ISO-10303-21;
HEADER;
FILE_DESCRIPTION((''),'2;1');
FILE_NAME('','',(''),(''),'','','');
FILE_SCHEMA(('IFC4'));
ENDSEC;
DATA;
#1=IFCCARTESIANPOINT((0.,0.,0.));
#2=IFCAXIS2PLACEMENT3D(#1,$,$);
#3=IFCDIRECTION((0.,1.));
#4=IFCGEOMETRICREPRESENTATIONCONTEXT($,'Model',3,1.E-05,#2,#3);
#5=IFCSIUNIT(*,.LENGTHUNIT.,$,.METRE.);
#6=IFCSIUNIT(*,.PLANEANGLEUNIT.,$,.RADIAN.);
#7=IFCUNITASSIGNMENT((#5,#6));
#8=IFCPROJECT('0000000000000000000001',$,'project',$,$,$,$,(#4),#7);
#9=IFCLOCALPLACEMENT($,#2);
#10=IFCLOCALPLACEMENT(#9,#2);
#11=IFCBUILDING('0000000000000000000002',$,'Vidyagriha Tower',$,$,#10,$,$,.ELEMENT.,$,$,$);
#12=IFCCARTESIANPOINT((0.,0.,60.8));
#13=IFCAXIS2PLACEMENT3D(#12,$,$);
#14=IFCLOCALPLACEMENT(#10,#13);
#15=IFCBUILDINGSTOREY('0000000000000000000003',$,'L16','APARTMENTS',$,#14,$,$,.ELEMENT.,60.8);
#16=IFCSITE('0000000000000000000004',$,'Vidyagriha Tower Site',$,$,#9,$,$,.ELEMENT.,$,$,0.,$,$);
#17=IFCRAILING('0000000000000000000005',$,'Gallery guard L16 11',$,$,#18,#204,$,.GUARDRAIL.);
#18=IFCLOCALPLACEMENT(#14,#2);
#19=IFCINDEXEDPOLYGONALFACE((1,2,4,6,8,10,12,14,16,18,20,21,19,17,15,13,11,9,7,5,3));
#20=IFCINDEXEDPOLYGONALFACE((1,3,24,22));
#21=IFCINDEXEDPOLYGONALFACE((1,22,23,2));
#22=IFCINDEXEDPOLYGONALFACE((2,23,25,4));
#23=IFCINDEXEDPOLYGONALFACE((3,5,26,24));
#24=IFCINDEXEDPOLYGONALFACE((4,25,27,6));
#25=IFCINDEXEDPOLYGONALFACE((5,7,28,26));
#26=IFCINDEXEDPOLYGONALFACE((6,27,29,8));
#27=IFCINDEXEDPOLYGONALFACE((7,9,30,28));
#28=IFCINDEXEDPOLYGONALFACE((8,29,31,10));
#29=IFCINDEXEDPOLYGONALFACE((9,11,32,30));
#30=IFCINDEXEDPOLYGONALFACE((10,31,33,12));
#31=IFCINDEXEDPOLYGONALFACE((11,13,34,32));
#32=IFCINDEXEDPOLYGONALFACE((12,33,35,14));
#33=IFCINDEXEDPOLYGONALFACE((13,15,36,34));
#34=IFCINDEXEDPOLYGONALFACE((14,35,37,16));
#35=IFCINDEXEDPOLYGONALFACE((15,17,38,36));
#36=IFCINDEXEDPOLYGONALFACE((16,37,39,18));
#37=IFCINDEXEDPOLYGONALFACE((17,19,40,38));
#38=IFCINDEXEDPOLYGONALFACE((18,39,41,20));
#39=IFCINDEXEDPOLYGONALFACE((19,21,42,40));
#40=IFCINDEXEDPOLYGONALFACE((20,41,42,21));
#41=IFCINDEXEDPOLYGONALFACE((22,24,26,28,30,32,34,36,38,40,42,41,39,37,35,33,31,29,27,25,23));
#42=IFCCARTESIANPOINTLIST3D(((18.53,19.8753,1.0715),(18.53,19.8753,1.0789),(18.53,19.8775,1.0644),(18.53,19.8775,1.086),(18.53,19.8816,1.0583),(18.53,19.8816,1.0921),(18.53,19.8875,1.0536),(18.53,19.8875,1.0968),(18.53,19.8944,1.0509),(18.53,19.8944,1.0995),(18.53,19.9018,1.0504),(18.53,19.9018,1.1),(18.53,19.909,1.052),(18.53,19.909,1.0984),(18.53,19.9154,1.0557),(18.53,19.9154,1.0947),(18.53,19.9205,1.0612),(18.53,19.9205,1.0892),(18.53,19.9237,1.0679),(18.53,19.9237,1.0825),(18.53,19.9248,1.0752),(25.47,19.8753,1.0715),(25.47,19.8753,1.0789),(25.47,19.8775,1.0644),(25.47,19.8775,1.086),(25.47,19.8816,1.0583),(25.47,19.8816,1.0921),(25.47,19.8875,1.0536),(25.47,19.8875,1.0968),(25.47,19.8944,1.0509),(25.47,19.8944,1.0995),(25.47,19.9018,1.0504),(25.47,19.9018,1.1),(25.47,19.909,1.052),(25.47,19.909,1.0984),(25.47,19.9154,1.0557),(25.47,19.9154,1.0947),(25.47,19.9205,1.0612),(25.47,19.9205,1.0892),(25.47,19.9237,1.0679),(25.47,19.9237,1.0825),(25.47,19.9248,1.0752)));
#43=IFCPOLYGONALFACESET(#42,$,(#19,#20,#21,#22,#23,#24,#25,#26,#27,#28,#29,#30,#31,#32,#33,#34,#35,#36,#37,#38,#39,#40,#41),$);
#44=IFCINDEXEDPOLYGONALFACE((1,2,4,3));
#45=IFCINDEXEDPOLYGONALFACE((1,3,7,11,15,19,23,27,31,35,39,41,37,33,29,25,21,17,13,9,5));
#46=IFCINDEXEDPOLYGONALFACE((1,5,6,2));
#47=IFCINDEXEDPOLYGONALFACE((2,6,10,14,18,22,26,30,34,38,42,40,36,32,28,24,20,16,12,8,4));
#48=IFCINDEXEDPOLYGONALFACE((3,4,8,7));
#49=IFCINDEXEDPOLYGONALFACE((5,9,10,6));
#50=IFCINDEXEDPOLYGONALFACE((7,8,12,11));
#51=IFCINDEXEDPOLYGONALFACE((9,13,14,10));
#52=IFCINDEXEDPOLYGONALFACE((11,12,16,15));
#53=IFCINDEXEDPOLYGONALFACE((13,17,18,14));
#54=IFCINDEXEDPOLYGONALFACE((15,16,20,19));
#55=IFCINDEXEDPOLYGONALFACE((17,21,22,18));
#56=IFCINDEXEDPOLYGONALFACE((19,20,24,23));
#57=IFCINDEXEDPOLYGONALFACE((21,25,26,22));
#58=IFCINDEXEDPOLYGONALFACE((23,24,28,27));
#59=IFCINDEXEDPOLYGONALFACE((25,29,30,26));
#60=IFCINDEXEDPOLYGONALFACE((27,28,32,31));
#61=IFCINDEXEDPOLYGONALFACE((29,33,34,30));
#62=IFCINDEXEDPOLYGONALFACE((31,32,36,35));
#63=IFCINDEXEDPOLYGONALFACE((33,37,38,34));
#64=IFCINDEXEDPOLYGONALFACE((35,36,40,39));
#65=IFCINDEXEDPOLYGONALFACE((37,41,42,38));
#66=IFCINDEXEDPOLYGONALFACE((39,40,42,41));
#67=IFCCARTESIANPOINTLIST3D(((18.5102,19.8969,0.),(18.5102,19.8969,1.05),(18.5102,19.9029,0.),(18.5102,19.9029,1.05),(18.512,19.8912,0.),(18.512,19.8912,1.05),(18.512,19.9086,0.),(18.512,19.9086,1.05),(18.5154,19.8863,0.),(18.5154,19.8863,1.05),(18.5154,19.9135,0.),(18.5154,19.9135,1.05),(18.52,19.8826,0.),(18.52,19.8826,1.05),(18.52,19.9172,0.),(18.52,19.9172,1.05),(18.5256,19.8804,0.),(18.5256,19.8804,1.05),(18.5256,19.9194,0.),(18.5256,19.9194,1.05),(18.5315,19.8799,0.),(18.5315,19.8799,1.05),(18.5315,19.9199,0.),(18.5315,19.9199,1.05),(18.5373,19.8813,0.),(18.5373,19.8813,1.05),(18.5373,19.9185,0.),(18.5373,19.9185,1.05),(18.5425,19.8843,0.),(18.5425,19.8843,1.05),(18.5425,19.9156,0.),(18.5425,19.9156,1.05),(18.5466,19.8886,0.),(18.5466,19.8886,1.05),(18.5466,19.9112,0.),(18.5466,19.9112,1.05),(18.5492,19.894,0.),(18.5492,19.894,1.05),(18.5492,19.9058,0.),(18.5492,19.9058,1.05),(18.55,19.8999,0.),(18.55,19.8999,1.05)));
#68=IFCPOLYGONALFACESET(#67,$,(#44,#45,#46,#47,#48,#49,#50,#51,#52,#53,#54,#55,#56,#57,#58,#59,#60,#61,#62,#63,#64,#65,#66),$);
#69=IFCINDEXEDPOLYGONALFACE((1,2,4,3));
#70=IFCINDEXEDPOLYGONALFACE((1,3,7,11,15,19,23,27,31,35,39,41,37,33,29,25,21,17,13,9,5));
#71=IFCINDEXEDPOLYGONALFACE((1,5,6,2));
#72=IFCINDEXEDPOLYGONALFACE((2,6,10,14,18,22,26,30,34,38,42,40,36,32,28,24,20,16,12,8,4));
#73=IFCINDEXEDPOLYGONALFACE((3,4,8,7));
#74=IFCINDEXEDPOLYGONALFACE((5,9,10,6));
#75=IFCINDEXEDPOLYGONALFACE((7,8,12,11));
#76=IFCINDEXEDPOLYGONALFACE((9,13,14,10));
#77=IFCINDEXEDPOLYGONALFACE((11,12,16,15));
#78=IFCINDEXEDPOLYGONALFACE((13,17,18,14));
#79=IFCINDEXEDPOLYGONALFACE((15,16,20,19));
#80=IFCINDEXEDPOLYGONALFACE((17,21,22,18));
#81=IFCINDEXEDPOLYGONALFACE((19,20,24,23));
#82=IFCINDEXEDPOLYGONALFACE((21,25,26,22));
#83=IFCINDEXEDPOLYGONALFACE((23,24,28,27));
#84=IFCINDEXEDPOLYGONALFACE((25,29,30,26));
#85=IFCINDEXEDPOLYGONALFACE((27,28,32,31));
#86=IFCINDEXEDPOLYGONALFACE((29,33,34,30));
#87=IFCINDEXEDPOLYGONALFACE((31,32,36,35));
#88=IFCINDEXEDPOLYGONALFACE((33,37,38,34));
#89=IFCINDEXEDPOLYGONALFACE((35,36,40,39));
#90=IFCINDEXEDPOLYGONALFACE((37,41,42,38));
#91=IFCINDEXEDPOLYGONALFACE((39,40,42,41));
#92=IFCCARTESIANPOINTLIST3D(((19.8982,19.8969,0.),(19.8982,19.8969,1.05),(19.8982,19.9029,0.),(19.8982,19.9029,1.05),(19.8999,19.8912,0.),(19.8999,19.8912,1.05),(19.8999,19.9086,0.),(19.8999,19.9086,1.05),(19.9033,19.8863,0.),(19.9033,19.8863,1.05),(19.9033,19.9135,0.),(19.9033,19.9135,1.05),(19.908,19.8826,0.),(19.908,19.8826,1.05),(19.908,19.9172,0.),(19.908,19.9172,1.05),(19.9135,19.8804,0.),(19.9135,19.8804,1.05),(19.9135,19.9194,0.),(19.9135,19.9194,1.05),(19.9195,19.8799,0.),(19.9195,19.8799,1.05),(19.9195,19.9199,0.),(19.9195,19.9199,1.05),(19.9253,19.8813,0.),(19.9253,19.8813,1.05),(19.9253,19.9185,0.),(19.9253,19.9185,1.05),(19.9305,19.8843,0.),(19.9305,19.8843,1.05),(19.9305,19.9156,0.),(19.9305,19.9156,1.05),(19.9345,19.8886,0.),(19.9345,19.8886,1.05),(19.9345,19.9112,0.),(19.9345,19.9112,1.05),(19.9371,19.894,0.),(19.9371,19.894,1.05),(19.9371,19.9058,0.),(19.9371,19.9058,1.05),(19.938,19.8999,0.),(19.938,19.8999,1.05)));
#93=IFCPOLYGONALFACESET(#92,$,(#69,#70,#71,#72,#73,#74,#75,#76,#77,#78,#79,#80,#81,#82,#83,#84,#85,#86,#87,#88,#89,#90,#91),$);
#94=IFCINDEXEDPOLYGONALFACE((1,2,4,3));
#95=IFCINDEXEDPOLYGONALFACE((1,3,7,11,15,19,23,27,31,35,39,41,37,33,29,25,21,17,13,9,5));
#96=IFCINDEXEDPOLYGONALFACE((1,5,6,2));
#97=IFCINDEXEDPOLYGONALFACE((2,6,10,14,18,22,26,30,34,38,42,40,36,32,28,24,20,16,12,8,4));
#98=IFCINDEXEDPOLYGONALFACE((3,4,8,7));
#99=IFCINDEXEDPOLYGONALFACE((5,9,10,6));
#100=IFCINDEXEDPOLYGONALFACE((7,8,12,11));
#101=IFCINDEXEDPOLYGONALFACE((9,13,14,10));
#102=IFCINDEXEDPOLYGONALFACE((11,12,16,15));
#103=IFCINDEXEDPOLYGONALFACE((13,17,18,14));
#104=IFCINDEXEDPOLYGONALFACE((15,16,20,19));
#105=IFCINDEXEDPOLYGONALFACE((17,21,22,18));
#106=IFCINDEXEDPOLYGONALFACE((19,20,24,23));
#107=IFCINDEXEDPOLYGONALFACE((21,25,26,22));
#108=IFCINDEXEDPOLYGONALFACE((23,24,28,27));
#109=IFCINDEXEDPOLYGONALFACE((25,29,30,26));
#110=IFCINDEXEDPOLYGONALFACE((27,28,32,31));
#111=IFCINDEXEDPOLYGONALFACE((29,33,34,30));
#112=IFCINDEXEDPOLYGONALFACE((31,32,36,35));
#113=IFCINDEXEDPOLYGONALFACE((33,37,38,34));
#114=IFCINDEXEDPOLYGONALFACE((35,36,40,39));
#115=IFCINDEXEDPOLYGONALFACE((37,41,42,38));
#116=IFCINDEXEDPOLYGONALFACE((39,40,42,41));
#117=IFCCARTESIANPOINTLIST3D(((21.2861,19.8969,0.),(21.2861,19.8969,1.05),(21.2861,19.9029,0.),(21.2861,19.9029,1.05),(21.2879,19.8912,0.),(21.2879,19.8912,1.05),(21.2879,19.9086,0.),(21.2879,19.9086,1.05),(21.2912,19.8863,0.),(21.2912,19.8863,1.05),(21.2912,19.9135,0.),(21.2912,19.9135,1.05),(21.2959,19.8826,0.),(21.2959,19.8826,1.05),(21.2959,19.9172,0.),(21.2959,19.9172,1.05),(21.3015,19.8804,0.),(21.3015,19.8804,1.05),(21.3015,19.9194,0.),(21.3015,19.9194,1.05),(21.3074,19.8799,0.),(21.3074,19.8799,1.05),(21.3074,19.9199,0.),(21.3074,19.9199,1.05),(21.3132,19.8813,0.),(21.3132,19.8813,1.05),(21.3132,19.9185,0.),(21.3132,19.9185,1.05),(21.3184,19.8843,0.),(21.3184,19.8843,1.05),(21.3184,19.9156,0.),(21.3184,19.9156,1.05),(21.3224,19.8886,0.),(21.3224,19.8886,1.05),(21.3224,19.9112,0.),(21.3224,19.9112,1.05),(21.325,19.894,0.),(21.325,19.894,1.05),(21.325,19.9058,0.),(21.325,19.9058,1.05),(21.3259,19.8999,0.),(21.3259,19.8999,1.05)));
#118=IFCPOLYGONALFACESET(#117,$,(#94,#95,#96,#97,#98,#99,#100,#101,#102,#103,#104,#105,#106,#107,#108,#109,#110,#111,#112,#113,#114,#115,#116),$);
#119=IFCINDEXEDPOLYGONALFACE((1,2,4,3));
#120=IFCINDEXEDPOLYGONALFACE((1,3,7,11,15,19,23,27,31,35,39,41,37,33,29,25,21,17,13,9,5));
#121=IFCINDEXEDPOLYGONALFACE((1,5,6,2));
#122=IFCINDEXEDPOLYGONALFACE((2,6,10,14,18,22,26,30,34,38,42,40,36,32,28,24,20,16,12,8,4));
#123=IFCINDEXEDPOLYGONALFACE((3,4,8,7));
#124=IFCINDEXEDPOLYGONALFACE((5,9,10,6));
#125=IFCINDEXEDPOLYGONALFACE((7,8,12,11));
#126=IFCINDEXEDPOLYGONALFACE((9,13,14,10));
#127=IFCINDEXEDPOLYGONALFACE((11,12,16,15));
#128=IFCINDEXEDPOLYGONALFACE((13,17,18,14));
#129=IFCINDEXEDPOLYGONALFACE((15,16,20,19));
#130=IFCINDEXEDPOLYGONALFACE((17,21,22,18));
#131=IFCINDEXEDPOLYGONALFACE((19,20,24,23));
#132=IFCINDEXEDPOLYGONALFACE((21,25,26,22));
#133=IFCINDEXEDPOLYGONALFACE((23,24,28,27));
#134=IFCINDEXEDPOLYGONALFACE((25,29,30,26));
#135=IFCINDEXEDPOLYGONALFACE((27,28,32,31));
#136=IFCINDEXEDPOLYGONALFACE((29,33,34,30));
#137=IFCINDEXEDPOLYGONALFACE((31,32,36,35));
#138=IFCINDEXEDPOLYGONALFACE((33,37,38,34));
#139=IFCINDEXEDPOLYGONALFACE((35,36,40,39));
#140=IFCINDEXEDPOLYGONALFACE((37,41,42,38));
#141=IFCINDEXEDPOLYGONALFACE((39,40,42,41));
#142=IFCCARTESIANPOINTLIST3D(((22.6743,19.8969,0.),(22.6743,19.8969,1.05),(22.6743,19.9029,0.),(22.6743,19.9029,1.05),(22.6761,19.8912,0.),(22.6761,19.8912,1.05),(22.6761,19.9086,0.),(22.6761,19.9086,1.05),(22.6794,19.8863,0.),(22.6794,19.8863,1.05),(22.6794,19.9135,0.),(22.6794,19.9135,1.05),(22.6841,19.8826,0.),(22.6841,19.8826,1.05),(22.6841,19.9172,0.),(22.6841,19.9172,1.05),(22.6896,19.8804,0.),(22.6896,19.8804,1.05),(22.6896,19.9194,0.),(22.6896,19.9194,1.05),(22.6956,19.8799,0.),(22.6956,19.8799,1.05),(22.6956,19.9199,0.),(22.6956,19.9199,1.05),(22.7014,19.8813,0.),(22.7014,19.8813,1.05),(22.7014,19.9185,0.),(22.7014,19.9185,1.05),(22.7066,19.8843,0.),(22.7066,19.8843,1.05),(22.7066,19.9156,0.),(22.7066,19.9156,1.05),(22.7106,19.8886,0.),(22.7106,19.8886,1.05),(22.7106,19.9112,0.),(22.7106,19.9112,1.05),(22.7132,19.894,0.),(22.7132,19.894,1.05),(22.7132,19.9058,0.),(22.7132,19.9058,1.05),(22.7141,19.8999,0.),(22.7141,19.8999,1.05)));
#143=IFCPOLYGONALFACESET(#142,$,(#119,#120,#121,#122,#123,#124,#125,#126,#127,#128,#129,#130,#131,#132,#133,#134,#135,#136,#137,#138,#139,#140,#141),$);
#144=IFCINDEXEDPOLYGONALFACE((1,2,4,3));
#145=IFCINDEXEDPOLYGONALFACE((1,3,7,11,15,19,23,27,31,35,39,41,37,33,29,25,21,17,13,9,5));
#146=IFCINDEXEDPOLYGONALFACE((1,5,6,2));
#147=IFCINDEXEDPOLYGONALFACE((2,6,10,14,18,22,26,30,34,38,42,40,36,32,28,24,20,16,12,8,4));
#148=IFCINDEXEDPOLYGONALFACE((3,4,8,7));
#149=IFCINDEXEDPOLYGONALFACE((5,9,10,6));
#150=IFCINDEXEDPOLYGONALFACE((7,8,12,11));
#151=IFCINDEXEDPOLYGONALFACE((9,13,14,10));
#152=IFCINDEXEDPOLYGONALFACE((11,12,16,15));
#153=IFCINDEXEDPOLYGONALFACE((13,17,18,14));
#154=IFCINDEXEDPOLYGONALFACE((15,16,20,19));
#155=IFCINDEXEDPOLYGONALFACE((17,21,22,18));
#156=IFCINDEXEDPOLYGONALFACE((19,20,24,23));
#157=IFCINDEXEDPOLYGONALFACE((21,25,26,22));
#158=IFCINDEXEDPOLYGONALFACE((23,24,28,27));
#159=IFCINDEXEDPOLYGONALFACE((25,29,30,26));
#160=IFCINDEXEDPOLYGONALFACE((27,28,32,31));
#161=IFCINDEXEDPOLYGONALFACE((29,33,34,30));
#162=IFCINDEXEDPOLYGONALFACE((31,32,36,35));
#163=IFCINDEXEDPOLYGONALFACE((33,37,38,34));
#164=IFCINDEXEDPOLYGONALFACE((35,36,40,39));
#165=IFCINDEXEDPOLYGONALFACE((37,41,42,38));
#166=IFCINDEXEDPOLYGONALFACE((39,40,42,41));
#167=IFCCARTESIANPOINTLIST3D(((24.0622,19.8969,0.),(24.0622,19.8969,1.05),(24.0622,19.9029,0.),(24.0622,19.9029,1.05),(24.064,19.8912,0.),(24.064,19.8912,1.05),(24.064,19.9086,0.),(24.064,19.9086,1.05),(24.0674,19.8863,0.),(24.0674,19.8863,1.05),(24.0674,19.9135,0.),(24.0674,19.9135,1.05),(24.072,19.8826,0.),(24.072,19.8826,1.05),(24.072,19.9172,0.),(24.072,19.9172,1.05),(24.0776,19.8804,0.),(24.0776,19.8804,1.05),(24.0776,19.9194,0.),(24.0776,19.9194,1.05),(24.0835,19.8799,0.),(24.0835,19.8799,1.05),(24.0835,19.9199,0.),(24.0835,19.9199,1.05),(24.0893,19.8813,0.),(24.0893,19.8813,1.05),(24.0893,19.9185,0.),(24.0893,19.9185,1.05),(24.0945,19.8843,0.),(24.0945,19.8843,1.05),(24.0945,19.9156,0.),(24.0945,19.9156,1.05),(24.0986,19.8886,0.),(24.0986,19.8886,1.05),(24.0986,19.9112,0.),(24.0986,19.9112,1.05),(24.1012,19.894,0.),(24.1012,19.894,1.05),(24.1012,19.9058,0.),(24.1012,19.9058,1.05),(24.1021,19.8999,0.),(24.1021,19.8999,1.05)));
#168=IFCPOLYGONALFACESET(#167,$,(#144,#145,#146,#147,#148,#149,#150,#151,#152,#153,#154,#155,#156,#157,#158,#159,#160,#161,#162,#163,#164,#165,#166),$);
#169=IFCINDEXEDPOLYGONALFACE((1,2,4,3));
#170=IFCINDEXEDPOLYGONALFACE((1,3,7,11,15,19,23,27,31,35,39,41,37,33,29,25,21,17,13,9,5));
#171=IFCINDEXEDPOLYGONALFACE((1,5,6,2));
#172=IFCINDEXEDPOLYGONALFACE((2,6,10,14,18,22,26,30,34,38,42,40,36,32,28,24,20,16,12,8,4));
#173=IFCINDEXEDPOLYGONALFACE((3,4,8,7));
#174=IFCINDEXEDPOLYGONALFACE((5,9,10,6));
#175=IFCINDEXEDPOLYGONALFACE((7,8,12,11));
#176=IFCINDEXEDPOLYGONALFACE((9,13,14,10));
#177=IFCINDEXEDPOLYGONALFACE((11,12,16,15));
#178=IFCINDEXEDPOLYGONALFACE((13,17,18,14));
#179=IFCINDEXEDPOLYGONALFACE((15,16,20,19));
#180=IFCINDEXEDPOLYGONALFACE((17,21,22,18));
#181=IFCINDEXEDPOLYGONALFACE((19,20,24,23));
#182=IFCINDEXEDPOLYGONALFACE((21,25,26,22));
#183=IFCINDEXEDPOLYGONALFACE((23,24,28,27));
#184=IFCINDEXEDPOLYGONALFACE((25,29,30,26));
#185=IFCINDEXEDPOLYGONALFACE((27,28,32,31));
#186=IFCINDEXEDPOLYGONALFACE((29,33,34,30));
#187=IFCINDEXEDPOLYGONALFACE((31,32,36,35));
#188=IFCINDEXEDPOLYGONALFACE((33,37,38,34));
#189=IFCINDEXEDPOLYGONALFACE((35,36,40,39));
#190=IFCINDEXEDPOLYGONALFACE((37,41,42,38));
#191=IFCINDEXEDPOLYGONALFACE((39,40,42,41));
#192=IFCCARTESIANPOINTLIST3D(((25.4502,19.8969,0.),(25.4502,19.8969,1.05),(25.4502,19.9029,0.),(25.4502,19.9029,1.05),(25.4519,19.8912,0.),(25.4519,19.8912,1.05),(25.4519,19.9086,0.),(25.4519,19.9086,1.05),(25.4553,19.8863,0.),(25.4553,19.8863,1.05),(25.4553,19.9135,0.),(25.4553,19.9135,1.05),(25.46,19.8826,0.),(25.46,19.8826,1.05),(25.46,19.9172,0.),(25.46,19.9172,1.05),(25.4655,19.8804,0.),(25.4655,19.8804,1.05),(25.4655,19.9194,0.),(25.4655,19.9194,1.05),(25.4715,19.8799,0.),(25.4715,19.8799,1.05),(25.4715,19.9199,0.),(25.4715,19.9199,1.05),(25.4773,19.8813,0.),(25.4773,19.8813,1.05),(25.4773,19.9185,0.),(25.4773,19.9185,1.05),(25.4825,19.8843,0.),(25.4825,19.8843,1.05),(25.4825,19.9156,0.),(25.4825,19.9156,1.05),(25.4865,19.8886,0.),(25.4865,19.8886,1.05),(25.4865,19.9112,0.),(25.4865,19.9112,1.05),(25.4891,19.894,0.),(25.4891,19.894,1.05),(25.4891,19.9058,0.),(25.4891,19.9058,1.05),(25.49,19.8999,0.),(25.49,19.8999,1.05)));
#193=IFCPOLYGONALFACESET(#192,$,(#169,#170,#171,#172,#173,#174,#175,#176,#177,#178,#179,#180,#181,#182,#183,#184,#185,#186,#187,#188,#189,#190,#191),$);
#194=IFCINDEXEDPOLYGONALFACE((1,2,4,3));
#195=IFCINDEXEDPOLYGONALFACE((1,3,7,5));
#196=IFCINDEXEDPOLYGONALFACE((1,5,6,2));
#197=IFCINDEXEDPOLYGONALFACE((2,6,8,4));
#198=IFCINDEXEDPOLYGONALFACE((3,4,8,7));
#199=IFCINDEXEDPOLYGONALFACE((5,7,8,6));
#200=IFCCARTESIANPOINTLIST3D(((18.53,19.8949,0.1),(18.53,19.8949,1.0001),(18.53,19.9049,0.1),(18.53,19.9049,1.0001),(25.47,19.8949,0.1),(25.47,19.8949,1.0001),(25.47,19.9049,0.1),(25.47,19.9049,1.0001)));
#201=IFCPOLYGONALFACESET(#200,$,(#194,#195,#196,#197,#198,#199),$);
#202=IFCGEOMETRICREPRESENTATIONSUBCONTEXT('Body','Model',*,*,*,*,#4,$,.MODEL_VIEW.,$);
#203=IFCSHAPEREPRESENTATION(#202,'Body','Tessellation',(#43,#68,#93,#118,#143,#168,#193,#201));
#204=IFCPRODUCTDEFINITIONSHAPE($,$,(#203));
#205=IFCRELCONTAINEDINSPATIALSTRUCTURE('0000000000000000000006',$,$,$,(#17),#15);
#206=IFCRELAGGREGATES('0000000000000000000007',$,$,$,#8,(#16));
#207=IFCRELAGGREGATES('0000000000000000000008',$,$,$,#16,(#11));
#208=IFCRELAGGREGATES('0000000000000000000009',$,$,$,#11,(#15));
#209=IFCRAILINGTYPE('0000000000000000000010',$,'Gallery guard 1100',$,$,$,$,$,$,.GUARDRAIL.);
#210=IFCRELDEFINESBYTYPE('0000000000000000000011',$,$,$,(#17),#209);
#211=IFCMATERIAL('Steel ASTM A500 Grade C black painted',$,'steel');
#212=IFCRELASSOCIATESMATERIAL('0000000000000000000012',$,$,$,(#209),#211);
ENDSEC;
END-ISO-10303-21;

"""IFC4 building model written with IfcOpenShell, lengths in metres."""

from ifc_helpers import new_model, si_unit, direction, frame, origin, origin_2d, place, context, subcontext, project, spatial, rectangle, circle, extrude, material, type_object, element, save


model = new_model("IFC4")

# Units and contexts
model_context = context("Model", 3, precision=1e-05, world=origin(), true_north=direction((0.0, 1.0)))
body_context = subcontext(model_context, "Body", "Model", "MODEL_VIEW")
ifc_project = project(units=[si_unit("LENGTHUNIT", "METRE"), si_unit("PLANEANGLEUNIT", "RADIAN")], contexts=[model_context])

# Site, building, storey
site_placement = place(None, origin())
site = spatial("IfcSite", under=ifc_project, at=site_placement, Name="Vidyagriha Tower Site", CompositionType="ELEMENT", RefElevation=0.0)
building_placement = place(site_placement, origin())
building = spatial("IfcBuilding", under=site, at=building_placement, Name="Vidyagriha Tower", CompositionType="ELEMENT")
storey_placement = place(building_placement, frame((0.0, 0.0, 60.8)))
storey = spatial("IfcBuildingStorey", under=building, at=storey_placement, Name="L16", Description="APARTMENTS", CompositionType="ELEMENT", Elevation=60.8)

# Railing
ifc_material_1 = material(Name="Steel ASTM A500 Grade C black painted", Category="steel")
railing_type = type_object("IfcRailingType", Name="Gallery guard 1100", PredefinedType="GUARDRAIL", material=ifc_material_1)
railing_1_placement = place(storey_placement, frame((18.53, 19.8999, 0.0)))
element("IfcRailing", 1, at=railing_1_placement, inside=storey, type_object=railing_type, Name="Gallery guard L16 11", PredefinedType="GUARDRAIL", context=body_context, shape_type="SweptSolid", body=[
    extrude(circle(Radius=0.0249, at=origin_2d()), frame((0.0, 0.0, 1.0752), z_axis=(1.0, 0.0, 0.0), x_axis=(0.0, 1.0, 0.0)), (0.0, 0.0, 1.0), 6.9399),
    extrude(circle(Radius=0.02, at=origin_2d()), origin(), (0.0, 0.0, 1.0), 1.05),
    extrude(circle(Radius=0.02, at=origin_2d()), frame((1.3879, 0.0, 0.0)), (0.0, 0.0, 1.0), 1.05),
    extrude(circle(Radius=0.02, at=origin_2d()), frame((2.7759, 0.0, 0.0)), (0.0, 0.0, 1.0), 1.05),
    extrude(circle(Radius=0.02, at=origin_2d()), frame((4.1641, 0.0, 0.0)), (0.0, 0.0, 1.0), 1.05),
    extrude(circle(Radius=0.02, at=origin_2d()), frame((5.552, 0.0, 0.0)), (0.0, 0.0, 1.0), 1.05),
    extrude(circle(Radius=0.02, at=origin_2d()), frame((6.9399, 0.0, 0.0)), (0.0, 0.0, 1.0), 1.05),
    extrude(rectangle(XDim=0.01, YDim=0.9001, at=origin_2d()), frame((0.0, 0.0, 0.55), z_axis=(1.0, 0.0, 0.0), x_axis=(0.0, 1.0, 0.0)), (0.0, 0.0, 1.0), 6.9399),
])

save(model, "model.ifc")
